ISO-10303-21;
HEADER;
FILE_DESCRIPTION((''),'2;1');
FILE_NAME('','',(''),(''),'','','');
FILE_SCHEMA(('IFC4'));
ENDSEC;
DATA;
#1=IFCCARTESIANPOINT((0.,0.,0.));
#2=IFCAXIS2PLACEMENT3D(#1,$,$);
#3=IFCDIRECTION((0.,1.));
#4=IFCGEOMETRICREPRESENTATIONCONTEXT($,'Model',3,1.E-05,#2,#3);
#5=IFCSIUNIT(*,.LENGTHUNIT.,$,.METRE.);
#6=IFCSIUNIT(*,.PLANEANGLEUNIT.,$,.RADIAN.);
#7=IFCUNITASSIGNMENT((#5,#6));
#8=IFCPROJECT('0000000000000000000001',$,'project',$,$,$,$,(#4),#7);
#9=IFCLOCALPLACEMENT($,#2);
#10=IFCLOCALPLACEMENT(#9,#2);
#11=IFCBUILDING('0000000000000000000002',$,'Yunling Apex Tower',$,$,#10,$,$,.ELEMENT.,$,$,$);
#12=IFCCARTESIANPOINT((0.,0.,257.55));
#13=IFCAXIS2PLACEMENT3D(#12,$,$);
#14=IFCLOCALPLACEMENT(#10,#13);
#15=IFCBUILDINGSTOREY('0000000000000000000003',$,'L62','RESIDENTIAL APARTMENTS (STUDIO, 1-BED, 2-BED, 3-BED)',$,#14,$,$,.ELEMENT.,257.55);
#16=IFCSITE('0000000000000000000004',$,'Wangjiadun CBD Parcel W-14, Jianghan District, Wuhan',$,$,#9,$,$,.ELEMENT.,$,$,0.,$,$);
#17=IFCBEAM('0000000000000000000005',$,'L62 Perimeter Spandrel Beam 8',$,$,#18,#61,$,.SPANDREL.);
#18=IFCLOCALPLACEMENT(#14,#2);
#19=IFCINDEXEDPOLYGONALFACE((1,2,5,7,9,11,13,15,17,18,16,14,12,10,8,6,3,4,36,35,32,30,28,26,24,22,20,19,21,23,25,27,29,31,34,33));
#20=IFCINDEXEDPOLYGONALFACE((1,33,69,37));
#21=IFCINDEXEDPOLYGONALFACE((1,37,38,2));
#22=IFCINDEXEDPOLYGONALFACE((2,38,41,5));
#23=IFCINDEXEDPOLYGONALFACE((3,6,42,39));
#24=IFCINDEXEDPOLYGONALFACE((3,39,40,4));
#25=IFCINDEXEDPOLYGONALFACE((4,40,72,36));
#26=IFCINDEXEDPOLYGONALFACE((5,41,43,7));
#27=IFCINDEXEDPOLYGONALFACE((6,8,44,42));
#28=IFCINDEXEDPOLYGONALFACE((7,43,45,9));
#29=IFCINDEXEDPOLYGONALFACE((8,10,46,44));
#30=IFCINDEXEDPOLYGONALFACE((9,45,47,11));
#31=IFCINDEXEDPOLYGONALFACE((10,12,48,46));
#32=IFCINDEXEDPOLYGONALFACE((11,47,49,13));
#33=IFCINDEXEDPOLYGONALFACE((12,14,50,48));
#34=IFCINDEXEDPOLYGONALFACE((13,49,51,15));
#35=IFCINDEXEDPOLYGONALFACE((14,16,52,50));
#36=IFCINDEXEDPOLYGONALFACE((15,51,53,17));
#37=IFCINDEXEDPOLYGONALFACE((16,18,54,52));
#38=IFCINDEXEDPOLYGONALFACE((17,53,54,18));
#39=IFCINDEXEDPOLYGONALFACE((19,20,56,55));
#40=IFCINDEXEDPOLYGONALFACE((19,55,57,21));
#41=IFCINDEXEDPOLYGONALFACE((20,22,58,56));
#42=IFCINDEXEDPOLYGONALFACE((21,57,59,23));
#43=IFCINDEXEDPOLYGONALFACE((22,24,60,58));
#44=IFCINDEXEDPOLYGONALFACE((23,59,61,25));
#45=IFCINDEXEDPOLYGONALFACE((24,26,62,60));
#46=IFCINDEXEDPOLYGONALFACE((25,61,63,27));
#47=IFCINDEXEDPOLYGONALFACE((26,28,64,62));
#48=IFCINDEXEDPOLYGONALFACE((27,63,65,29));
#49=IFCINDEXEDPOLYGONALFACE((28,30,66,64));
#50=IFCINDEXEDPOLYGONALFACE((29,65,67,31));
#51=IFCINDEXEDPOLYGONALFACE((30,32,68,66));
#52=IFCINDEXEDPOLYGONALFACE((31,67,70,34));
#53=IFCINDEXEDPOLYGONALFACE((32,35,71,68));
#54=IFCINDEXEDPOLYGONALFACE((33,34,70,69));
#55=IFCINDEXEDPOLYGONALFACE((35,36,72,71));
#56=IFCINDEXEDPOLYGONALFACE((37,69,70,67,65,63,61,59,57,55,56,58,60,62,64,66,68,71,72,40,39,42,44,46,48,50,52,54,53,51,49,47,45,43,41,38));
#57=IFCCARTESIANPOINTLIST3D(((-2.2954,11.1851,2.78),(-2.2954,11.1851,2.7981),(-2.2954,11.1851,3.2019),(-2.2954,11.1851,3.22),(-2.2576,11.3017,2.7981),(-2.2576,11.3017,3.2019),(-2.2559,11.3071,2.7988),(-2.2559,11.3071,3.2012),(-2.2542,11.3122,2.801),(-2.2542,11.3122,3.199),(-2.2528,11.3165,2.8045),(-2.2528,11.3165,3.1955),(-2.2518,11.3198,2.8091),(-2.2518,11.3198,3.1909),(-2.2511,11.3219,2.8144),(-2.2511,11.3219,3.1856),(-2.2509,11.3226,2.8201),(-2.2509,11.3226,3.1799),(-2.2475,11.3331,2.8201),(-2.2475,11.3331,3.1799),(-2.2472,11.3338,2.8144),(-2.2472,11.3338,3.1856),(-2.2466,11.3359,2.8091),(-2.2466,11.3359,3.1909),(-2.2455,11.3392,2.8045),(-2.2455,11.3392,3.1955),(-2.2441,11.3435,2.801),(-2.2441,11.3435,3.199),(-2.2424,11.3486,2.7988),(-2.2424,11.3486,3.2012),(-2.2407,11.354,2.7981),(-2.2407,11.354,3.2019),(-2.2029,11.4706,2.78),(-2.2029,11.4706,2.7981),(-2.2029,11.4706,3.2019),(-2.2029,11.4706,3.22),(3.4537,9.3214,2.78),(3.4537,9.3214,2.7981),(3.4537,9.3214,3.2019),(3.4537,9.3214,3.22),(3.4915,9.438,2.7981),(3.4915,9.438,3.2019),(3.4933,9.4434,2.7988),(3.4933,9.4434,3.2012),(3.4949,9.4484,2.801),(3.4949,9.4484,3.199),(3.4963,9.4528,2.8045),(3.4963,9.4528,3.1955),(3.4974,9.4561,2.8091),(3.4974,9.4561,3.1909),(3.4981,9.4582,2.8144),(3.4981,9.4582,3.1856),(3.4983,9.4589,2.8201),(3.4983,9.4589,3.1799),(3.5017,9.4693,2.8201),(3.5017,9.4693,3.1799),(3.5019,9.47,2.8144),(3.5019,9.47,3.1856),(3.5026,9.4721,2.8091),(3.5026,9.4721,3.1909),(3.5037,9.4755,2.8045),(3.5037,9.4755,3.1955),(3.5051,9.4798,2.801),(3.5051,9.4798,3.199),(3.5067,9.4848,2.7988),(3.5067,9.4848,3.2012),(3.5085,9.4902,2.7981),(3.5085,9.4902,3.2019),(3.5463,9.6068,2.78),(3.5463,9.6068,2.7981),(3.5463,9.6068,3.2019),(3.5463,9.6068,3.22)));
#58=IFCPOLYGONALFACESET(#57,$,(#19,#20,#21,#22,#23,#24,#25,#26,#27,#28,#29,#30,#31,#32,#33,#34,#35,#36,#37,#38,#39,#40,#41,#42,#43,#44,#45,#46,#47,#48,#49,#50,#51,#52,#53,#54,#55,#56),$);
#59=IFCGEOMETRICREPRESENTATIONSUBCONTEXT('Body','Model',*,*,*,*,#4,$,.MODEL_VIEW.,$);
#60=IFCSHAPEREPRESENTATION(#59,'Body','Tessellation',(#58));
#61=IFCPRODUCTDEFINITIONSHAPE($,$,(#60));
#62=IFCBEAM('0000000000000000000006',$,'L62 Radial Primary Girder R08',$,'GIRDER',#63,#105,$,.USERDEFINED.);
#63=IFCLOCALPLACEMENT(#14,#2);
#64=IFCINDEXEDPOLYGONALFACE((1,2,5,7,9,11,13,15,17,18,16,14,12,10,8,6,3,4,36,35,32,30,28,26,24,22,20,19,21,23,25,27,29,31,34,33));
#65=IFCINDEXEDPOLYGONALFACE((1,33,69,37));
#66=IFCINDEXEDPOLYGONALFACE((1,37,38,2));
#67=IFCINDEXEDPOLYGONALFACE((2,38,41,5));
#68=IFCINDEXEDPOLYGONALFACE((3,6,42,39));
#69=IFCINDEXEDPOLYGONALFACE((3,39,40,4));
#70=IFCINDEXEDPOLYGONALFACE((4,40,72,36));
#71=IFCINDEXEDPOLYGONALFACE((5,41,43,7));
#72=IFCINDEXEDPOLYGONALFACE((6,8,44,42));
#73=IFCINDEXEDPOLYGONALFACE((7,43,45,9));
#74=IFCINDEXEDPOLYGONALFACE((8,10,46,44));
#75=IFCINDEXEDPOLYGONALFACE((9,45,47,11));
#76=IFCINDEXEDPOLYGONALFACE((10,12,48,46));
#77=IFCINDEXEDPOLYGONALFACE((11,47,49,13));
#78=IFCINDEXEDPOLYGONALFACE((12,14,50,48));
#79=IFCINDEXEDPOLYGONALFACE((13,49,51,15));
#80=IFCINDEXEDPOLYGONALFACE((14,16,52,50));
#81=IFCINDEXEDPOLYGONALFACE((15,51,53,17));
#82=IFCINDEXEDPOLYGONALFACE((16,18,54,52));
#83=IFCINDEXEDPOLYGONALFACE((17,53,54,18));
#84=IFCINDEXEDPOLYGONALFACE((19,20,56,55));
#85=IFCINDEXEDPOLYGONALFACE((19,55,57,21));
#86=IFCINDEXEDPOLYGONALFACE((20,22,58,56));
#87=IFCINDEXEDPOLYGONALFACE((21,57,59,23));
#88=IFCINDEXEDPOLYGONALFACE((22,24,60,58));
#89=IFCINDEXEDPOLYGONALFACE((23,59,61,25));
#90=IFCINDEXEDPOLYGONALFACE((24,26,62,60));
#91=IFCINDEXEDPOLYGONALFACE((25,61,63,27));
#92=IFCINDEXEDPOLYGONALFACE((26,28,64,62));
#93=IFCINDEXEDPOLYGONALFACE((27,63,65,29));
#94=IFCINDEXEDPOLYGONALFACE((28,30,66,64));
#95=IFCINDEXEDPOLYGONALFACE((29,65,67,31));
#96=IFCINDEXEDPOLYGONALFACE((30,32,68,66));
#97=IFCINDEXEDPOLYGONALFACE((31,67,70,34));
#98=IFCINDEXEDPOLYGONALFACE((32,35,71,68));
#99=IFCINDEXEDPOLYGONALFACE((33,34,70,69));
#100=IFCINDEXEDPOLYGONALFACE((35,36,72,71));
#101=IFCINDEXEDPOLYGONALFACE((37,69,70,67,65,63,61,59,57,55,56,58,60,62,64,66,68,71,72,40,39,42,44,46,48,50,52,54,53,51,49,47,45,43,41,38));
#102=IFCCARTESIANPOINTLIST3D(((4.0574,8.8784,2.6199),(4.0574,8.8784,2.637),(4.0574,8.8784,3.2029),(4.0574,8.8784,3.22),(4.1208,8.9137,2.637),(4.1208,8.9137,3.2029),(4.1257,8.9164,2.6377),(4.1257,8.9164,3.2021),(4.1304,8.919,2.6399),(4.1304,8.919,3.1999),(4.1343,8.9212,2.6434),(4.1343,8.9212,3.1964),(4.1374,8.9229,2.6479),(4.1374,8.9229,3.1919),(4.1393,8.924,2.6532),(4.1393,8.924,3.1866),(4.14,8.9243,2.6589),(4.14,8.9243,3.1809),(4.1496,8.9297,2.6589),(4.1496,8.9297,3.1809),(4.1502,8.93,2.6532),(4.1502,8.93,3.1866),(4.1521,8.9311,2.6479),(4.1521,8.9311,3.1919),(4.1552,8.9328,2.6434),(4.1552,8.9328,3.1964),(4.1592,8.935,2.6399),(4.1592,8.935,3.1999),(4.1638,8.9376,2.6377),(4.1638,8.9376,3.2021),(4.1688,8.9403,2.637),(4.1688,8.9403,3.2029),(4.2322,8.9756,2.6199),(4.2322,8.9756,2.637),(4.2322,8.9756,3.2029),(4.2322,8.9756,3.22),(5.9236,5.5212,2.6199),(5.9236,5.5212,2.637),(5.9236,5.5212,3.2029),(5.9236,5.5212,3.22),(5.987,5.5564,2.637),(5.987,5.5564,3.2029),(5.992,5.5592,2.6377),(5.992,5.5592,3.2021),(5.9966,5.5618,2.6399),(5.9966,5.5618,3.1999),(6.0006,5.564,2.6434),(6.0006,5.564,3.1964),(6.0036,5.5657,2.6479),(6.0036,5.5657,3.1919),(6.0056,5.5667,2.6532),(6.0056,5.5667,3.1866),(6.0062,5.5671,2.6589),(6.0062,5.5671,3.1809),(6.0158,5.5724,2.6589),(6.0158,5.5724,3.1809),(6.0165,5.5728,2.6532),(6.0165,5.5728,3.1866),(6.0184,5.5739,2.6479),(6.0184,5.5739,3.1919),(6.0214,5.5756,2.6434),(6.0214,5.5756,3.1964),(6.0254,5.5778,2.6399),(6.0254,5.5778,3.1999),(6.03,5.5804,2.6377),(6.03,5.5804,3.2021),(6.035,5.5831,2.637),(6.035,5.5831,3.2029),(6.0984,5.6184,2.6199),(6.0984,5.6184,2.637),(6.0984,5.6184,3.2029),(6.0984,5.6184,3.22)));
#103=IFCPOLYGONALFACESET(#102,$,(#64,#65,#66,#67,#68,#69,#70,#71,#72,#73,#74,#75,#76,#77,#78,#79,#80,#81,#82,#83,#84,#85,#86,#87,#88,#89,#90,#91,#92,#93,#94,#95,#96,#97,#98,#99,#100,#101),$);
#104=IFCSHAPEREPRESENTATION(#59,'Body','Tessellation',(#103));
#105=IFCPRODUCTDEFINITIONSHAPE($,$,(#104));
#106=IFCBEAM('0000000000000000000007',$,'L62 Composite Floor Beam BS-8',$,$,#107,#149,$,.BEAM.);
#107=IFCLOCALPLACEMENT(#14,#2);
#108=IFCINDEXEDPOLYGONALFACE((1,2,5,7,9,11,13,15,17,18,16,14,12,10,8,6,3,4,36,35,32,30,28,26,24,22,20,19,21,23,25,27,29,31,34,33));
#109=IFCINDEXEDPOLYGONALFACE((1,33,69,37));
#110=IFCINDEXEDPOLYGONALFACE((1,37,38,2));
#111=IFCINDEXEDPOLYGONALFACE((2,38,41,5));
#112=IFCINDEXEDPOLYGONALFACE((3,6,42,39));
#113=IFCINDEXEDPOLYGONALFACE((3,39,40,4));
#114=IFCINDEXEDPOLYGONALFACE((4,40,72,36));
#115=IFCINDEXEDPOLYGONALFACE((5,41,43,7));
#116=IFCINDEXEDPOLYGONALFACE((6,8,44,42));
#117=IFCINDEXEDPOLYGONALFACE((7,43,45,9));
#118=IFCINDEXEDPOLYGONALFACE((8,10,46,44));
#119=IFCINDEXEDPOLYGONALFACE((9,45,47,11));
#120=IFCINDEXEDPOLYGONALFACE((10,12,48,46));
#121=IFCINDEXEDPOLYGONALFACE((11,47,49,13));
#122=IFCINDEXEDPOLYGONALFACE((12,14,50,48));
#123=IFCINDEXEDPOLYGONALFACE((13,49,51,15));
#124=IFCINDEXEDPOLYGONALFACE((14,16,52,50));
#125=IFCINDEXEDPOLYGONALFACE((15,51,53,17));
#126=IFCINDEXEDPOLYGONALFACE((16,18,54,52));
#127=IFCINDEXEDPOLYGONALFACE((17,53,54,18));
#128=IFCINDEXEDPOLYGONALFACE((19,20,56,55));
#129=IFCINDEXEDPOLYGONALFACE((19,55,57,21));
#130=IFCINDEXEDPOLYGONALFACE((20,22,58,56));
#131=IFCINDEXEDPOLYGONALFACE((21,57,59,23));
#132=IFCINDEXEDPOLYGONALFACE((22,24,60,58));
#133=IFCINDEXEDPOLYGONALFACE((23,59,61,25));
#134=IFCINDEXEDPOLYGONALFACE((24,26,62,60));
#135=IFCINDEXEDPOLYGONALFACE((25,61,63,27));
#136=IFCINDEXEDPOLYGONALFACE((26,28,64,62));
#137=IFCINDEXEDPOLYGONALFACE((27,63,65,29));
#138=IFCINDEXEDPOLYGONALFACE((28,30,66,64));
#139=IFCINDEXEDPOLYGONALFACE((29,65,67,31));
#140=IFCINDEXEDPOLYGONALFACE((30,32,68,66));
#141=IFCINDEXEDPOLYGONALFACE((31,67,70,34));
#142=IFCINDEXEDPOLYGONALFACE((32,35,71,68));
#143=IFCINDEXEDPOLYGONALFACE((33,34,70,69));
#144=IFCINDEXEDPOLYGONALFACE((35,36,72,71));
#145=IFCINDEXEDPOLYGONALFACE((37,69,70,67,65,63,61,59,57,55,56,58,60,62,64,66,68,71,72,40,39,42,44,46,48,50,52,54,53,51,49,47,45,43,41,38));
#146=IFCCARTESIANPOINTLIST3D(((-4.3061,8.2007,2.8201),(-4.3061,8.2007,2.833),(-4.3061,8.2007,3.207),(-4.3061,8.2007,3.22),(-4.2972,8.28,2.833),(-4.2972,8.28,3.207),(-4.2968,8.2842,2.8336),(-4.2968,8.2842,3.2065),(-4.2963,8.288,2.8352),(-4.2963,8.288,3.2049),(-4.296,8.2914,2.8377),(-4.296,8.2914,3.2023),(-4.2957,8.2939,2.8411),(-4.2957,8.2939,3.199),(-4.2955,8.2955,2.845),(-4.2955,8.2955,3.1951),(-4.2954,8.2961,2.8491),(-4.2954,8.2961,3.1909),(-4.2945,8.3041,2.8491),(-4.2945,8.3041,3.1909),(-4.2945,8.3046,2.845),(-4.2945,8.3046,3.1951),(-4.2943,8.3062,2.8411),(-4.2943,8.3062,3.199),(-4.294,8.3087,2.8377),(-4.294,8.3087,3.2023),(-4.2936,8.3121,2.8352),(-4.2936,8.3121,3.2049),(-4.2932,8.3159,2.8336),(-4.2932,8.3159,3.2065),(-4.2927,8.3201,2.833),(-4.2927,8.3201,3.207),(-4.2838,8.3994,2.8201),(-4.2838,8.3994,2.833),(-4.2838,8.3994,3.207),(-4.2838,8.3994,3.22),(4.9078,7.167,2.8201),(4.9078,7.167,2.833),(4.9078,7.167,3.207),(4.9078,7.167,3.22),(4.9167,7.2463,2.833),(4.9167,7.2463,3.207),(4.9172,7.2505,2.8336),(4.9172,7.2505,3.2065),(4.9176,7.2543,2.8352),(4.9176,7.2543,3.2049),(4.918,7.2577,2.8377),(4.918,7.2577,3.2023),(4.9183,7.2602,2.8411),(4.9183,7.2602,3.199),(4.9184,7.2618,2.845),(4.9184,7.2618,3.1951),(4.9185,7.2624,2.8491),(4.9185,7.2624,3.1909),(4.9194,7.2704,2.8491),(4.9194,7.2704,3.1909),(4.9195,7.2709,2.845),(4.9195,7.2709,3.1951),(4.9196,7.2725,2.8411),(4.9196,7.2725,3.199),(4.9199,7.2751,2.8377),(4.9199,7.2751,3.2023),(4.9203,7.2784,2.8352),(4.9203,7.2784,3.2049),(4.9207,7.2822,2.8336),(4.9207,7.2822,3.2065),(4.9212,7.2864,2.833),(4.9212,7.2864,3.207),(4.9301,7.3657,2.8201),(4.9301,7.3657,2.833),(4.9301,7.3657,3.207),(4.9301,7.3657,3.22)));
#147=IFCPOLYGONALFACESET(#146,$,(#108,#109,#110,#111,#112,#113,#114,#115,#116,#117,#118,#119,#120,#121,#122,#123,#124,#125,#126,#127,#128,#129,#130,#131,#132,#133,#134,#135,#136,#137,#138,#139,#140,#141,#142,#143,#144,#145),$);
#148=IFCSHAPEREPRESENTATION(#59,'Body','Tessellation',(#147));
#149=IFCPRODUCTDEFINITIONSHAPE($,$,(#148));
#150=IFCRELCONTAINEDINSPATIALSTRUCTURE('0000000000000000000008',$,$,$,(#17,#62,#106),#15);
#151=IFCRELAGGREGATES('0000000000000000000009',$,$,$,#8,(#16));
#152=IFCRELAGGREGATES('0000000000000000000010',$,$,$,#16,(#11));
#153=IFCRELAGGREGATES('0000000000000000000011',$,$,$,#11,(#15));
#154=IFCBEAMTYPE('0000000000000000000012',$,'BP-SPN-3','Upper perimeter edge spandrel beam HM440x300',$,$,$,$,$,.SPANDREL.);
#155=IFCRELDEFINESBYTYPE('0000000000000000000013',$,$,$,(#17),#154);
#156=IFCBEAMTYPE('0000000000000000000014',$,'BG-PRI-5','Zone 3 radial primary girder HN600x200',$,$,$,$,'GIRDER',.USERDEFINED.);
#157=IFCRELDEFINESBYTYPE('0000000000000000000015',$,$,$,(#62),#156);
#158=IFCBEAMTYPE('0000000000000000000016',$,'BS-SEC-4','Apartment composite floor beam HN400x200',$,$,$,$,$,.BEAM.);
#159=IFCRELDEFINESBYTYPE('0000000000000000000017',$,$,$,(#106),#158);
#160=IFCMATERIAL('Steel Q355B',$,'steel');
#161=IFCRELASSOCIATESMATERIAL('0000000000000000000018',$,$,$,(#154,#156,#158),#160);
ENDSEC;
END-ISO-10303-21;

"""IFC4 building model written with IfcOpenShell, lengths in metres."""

from ifc_helpers import new_model, si_unit, direction, frame, origin, origin_2d, place, context, subcontext, project, spatial, i_section, extrude, source, transform, mapped, material, material_profile, profile_set, type_object, element, save


model = new_model("IFC4")

# Units and contexts
model_context = context("Model", 3, precision=1e-05, world=origin(), true_north=direction((0.0, 1.0)))
body_context = subcontext(model_context, "Body", "Model", "MODEL_VIEW")
ifc_project = project(units=[si_unit("LENGTHUNIT", "METRE"), si_unit("PLANEANGLEUNIT", "RADIAN")], contexts=[model_context])

# Site, building, storey
site_placement = place(None, origin())
site = spatial("IfcSite", under=ifc_project, at=site_placement, Name="Wangjiadun CBD Parcel W-14, Jianghan District, Wuhan", CompositionType="ELEMENT", RefElevation=0.0)
building_placement = place(site_placement, origin())
building = spatial("IfcBuilding", under=site, at=building_placement, Name="Yunling Apex Tower", CompositionType="ELEMENT")
storey_placement = place(building_placement, frame((0.0, 0.0, 257.55)))
storey = spatial("IfcBuildingStorey", under=building, at=storey_placement, Name="L62", Description="RESIDENTIAL APARTMENTS (STUDIO, 1-BED, 2-BED, 3-BED)", CompositionType="ELEMENT", Elevation=257.55)

# Shared definitions
ifc_material_1 = material(Name="Steel Q355B", Category="steel")

# Beams
ifc_material_profile_1 = material_profile(ifc_material_1, i_section(OverallWidth=0.3, OverallDepth=0.4399, WebThickness=0.011, FlangeThickness=0.0181, FilletRadius=0.022, at=origin_2d()))
ifc_profile_set_1 = profile_set([ifc_material_profile_1], Name="Steel Q355B")
beam_type_1 = type_object("IfcBeamType", Name="BP-SPN-3", Description="Upper perimeter edge spandrel beam HM440x300", PredefinedType="SPANDREL", material=ifc_profile_set_1)
shared_shape_1 = source(origin(), body_context, "Body", "SweptSolid", [
    extrude(i_section(OverallWidth=0.3, OverallDepth=0.4399, WebThickness=0.011, FlangeThickness=0.0181, FilletRadius=0.022, at=origin_2d()), origin(), (0.0, 0.0, 1.0), 6.0437),
])
beam_1_placement = place(storey_placement, frame((3.5, 9.4641, 3.0), z_axis=(-0.951264, 0.308376, 0.0), x_axis=(-0.308376, -0.951264, 0.0)))
element("IfcBeam", 1, at=beam_1_placement, inside=storey, type_object=beam_type_1, Name="L62 Perimeter Spandrel Beam 8", PredefinedType="SPANDREL", context=body_context, shape_type="MappedRepresentation", body=[
    mapped(shared_shape_1, transform((0.0, 0.0, 0.0), scale=1.0)),
])
ifc_material_profile_2 = material_profile(ifc_material_1, i_section(OverallWidth=0.2, OverallDepth=0.6001, WebThickness=0.011, FlangeThickness=0.0171, FilletRadius=0.022, at=origin_2d()))
ifc_profile_set_2 = profile_set([ifc_material_profile_2], Name="Steel Q355B")
beam_type_2 = type_object("IfcBeamType", Name="BG-PRI-5", Description="Zone 3 radial primary girder HN600x200", ElementType="GIRDER", PredefinedType="USERDEFINED", material=ifc_profile_set_2)
shared_shape_2 = source(origin(), body_context, "Body", "SweptSolid", [
    extrude(i_section(OverallWidth=0.2, OverallDepth=0.6001, WebThickness=0.011, FlangeThickness=0.0171, FilletRadius=0.022, at=origin_2d()), origin(), (0.0, 0.0, 1.0), 3.8411),
])
beam_2_placement = place(storey_placement, frame((4.1448, 8.927, 2.9199), z_axis=(0.485864, -0.874034, 0.0), x_axis=(0.874034, 0.485864, 0.0)))
element("IfcBeam", 2, at=beam_2_placement, inside=storey, type_object=beam_type_2, Name="L62 Radial Primary Girder R08", ObjectType="GIRDER", PredefinedType="USERDEFINED", context=body_context, shape_type="MappedRepresentation", body=[
    mapped(shared_shape_2, transform((0.0, 0.0, 0.0), scale=1.0)),
])
ifc_material_profile_3 = material_profile(ifc_material_1, i_section(OverallWidth=0.2, OverallDepth=0.3999, WebThickness=0.0081, FlangeThickness=0.0129, FilletRadius=0.0161, at=origin_2d()))
ifc_profile_set_3 = profile_set([ifc_material_profile_3], Name="Steel Q355B")
beam_type_3 = type_object("IfcBeamType", Name="BS-SEC-4", Description="Apartment composite floor beam HN400x200", PredefinedType="BEAM", material=ifc_profile_set_3)
shared_shape_3 = source(origin(), body_context, "Body", "SweptSolid", [
    extrude(i_section(OverallWidth=0.2, OverallDepth=0.3999, WebThickness=0.0081, FlangeThickness=0.0129, FilletRadius=0.0161, at=origin_2d()), origin(), (0.0, 0.0, 1.0), 9.2717),
])
beam_3_placement = place(storey_placement, frame((4.9189, 7.2664, 3.02), z_axis=(-0.993766, 0.111489, 0.0), x_axis=(-0.111489, -0.993766, 0.0)))
element("IfcBeam", 3, at=beam_3_placement, inside=storey, type_object=beam_type_3, Name="L62 Composite Floor Beam BS-8", PredefinedType="BEAM", context=body_context, shape_type="MappedRepresentation", body=[
    mapped(shared_shape_3, transform((0.0, 0.0, 0.0), scale=1.0)),
])

save(model, "model.ifc")
